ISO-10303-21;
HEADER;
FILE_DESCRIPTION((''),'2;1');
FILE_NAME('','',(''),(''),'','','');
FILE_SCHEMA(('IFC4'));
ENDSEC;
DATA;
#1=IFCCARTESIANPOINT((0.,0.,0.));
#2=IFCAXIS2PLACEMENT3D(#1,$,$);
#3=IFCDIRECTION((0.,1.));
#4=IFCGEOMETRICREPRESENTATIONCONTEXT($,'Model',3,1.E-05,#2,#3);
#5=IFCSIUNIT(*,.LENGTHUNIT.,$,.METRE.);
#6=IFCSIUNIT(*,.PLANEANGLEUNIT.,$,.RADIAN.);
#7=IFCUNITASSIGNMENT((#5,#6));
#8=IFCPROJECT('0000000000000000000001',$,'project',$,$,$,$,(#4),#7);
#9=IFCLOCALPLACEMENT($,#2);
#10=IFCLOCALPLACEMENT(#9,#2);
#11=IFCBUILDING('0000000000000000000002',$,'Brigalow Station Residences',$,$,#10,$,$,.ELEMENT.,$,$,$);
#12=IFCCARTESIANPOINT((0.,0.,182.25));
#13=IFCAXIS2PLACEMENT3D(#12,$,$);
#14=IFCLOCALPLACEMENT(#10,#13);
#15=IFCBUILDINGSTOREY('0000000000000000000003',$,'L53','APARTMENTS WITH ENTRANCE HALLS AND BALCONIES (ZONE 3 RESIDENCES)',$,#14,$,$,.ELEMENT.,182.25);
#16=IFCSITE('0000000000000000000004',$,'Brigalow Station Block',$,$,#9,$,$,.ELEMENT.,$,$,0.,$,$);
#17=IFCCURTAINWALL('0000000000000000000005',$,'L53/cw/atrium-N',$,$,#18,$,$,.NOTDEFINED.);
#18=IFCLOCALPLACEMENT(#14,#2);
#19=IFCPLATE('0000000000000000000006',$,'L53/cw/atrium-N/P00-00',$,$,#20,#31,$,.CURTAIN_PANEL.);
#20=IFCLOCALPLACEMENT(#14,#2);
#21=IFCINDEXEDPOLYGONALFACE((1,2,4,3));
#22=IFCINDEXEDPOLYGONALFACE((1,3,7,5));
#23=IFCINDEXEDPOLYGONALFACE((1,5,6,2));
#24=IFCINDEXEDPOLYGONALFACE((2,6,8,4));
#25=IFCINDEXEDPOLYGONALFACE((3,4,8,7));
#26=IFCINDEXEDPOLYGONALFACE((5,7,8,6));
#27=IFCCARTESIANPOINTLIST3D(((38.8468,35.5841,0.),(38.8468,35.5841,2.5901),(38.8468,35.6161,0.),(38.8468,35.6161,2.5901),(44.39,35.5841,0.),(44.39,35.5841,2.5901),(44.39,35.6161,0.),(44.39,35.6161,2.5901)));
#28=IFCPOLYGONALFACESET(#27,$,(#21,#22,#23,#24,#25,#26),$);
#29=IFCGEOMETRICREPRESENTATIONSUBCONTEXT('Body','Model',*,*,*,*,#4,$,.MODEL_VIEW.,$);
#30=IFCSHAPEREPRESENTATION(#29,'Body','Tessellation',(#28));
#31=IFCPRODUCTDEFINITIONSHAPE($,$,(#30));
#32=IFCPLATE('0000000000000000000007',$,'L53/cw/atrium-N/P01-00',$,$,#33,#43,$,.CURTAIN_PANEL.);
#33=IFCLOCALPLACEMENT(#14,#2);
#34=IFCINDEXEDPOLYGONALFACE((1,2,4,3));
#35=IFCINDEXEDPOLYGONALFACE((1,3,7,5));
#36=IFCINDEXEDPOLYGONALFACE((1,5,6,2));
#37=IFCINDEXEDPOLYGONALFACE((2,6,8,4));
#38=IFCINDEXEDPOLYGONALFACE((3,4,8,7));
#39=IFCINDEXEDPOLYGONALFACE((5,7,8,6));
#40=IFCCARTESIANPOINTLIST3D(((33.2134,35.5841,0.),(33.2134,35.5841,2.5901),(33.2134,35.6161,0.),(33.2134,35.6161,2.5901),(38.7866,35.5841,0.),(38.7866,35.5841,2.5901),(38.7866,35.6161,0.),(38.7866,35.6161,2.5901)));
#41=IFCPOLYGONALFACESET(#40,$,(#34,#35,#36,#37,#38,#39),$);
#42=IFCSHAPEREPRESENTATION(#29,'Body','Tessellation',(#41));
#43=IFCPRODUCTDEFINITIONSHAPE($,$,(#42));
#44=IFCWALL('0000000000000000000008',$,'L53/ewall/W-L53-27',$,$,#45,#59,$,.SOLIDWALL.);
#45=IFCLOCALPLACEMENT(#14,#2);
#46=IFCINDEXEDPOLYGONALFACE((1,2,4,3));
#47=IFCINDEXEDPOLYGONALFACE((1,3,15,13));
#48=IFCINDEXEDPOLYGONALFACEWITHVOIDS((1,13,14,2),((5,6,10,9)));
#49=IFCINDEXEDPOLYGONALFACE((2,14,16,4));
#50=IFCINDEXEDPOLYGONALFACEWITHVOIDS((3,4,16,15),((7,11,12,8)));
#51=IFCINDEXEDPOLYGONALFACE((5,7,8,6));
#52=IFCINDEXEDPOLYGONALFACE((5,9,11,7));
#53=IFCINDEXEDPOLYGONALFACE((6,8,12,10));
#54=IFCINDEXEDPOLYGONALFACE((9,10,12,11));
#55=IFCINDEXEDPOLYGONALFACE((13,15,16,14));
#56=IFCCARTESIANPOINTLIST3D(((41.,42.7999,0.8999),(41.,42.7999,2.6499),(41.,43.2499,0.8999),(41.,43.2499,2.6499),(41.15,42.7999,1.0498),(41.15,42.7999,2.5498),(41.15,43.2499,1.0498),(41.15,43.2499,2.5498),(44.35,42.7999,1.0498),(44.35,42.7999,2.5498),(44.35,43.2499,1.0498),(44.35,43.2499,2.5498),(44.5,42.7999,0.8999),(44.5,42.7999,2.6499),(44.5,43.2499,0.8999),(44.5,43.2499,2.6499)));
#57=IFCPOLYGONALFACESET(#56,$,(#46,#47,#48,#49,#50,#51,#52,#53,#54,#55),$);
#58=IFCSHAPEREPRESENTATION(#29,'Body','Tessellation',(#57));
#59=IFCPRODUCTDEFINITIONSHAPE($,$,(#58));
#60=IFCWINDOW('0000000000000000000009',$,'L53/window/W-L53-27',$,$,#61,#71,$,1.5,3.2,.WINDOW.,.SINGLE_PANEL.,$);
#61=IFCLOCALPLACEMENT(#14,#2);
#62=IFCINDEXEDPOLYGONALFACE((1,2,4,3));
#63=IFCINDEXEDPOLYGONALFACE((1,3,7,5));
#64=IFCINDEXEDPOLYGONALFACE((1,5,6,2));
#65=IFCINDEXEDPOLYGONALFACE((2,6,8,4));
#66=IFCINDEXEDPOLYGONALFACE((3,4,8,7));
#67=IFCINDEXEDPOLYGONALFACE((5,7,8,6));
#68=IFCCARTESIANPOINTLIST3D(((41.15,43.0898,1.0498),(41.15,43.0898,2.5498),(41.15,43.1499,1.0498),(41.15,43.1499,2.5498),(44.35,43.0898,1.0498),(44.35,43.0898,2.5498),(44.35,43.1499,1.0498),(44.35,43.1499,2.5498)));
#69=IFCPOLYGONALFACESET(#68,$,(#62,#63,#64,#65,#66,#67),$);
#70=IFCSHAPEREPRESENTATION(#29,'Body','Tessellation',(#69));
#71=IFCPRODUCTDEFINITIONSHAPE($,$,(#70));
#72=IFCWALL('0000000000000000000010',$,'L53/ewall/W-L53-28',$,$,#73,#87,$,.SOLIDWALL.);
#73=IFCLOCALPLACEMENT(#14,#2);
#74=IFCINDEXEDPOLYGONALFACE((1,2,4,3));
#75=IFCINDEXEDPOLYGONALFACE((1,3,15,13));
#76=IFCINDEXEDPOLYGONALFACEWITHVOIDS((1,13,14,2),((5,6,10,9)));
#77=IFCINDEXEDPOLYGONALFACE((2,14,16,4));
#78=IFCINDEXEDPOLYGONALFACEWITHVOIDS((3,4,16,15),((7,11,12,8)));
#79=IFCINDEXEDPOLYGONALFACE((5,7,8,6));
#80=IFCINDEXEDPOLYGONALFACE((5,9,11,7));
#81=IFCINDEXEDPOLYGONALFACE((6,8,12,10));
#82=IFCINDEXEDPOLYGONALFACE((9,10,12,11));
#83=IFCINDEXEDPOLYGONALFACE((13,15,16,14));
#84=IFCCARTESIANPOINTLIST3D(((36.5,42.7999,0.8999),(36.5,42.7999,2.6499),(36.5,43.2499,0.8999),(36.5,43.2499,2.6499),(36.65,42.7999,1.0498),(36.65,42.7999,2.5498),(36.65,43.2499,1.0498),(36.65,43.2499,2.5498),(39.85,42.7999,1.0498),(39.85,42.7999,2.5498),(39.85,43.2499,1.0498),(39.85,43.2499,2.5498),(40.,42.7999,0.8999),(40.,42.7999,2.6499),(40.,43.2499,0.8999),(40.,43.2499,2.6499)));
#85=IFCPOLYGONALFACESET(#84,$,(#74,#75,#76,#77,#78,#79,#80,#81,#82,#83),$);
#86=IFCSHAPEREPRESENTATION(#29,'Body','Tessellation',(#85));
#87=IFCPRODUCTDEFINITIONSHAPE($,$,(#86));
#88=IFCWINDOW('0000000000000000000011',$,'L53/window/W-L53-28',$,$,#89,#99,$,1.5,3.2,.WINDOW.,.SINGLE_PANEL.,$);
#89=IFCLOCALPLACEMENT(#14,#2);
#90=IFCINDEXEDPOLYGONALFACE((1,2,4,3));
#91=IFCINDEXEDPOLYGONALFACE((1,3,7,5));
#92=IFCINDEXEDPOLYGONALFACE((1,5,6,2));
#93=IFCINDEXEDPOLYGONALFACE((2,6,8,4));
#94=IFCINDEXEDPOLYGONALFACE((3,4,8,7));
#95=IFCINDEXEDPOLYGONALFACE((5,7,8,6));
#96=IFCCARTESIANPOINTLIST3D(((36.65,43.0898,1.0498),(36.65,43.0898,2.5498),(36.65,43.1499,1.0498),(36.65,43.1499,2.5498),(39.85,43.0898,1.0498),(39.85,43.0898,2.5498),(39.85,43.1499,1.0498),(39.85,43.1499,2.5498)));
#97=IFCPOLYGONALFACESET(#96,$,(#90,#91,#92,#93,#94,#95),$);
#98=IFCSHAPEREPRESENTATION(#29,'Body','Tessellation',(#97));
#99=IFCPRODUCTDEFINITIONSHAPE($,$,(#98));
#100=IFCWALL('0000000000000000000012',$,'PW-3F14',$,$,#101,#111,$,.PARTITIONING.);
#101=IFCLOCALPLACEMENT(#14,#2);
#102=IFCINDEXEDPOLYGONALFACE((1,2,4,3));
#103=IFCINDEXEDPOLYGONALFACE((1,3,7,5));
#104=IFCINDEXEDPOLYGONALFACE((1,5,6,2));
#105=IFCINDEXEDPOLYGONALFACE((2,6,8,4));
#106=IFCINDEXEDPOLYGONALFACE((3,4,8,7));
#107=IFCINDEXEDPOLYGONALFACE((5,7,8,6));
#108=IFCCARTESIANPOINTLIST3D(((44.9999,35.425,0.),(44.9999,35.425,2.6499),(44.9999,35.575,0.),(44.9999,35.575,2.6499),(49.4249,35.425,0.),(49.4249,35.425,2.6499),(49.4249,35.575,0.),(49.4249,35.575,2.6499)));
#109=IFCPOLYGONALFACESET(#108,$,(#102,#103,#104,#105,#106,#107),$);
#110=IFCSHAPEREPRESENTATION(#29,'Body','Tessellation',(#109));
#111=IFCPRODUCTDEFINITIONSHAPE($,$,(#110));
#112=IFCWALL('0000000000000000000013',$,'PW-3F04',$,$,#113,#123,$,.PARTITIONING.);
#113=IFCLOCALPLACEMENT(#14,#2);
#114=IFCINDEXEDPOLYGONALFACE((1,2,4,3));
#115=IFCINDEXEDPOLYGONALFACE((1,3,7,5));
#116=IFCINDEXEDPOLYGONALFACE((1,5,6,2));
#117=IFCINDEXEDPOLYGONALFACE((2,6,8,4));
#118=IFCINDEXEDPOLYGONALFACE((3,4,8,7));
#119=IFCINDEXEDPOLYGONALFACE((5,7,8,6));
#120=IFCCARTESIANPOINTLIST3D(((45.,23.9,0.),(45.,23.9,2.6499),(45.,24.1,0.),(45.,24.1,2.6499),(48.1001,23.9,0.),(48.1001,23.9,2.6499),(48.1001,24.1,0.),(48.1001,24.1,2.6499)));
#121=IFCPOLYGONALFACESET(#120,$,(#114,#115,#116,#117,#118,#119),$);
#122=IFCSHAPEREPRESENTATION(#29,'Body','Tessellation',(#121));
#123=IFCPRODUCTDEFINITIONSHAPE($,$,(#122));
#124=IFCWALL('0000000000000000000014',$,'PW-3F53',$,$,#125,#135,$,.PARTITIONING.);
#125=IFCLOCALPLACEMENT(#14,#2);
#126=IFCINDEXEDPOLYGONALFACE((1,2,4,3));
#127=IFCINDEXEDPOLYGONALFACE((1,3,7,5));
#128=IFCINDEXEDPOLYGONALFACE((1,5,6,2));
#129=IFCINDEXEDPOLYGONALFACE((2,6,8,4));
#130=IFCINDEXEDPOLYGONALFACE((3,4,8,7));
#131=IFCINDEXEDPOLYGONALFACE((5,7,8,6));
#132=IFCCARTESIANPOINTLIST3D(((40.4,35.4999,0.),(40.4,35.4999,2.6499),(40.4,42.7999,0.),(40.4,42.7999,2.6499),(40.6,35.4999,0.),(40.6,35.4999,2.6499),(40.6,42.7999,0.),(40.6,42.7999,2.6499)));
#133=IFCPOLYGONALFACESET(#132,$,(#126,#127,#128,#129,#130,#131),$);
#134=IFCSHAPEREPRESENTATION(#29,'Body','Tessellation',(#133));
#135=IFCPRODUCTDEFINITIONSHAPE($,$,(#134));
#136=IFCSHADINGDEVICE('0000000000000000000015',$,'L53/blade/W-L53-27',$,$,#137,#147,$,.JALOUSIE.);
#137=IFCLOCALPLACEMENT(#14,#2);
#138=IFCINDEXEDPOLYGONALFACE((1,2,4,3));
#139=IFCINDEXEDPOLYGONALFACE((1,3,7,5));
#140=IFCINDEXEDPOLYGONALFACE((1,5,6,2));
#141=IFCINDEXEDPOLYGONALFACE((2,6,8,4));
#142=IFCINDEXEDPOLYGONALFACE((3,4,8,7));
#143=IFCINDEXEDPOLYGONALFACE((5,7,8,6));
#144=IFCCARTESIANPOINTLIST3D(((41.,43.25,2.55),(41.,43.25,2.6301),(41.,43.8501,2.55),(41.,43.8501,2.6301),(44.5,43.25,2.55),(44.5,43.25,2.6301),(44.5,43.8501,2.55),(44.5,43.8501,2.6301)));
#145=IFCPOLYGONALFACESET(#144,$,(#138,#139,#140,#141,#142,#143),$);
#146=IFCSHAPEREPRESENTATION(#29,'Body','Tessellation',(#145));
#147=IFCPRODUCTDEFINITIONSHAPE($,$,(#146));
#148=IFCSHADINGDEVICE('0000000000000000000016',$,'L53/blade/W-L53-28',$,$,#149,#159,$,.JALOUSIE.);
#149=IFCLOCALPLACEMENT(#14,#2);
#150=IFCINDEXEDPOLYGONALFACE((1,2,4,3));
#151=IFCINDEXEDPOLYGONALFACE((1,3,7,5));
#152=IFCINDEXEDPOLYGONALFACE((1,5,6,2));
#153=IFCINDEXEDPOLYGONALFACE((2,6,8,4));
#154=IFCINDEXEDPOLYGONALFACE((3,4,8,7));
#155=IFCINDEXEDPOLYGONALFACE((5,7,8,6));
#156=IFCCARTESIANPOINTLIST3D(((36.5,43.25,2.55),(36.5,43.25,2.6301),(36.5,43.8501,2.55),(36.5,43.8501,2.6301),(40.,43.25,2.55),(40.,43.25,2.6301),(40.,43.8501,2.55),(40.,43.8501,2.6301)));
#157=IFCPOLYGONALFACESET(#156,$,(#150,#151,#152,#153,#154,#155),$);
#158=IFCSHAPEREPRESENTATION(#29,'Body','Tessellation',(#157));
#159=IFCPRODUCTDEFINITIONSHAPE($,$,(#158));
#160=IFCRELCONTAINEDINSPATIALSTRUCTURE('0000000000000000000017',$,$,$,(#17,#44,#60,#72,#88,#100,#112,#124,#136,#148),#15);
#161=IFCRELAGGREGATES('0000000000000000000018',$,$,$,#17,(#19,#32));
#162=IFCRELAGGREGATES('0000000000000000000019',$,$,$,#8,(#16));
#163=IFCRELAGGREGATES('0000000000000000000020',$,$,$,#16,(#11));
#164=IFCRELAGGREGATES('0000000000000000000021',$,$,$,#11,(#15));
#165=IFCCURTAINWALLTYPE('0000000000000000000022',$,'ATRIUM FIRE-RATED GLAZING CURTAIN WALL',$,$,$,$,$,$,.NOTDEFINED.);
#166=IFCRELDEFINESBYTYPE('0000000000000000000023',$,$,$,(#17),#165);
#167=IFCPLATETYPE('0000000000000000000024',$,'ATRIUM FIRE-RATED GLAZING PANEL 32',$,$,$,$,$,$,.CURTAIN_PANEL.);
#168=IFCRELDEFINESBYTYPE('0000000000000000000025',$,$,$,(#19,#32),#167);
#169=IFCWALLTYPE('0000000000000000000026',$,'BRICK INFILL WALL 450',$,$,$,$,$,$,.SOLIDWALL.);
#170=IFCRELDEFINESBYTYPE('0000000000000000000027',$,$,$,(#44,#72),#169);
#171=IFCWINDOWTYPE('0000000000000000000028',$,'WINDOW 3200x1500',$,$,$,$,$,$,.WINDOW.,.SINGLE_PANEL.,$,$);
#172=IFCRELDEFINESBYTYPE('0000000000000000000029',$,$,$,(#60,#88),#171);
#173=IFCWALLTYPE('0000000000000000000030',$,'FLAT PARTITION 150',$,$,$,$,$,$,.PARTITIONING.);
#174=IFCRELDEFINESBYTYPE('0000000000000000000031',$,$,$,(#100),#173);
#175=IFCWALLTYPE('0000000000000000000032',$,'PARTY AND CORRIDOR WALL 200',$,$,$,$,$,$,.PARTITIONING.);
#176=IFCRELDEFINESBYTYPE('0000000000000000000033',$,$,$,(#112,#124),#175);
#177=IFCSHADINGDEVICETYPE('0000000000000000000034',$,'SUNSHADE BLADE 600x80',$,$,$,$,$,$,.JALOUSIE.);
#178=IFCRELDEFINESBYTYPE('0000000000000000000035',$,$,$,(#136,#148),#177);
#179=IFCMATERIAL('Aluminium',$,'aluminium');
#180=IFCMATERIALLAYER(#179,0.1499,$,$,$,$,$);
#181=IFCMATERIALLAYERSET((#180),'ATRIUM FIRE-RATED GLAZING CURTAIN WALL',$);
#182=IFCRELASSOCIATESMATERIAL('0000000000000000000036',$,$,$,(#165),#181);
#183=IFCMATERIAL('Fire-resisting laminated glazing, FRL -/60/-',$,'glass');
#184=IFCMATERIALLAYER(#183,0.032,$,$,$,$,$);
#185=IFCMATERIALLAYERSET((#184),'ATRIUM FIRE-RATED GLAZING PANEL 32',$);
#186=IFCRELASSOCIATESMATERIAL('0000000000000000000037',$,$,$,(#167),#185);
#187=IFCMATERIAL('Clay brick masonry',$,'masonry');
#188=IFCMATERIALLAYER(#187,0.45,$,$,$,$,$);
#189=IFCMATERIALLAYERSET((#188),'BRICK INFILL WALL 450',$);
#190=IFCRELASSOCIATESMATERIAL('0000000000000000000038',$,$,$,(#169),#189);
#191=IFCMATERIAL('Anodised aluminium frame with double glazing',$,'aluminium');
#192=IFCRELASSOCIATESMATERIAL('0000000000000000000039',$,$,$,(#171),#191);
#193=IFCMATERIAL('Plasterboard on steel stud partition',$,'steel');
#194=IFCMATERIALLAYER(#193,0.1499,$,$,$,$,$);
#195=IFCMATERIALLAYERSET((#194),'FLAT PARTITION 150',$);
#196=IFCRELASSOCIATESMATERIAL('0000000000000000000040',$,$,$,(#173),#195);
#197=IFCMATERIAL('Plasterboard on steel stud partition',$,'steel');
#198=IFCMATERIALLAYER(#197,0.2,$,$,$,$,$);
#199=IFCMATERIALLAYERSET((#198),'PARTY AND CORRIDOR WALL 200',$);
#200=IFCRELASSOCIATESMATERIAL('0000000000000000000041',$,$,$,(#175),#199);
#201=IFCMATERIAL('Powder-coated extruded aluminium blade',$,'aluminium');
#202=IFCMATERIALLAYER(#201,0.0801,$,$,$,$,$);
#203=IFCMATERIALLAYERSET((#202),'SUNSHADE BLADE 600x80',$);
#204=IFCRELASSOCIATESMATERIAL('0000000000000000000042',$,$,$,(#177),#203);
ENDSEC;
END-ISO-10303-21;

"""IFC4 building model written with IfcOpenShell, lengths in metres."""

from ifc_helpers import new_model, si_unit, direction, frame, frame_2d, origin, origin_2d, place, context, subcontext, project, spatial, rectangle, extrude, material, layer, layer_set, type_object, element, fill, aggregate, save


model = new_model("IFC4")

# Units and contexts
model_context = context("Model", 3, precision=1e-05, world=origin(), true_north=direction((0.0, 1.0)))
body_context = subcontext(model_context, "Body", "Model", "MODEL_VIEW")
ifc_project = project(units=[si_unit("LENGTHUNIT", "METRE"), si_unit("PLANEANGLEUNIT", "RADIAN")], contexts=[model_context])

# Site, building, storey
site_placement = place(None, origin())
site = spatial("IfcSite", under=ifc_project, at=site_placement, Name="Brigalow Station Block", CompositionType="ELEMENT", RefElevation=0.0)
building_placement = place(site_placement, origin())
building = spatial("IfcBuilding", under=site, at=building_placement, Name="Brigalow Station Residences", CompositionType="ELEMENT")
storey_placement = place(building_placement, frame((0.0, 0.0, 182.25)))
storey = spatial("IfcBuildingStorey", under=building, at=storey_placement, Name="L53", Description="APARTMENTS WITH ENTRANCE HALLS AND BALCONIES (ZONE 3 RESIDENCES)", CompositionType="ELEMENT", Elevation=182.25)

# Shared definitions
ifc_material_1 = material(Name="Aluminium", Category="aluminium")
ifc_layer_1 = layer(ifc_material_1, 0.1499)
ifc_layer_set_1 = layer_set([ifc_layer_1], Name="ATRIUM FIRE-RATED GLAZING CURTAIN WALL")
curtain_wall_type = type_object("IfcCurtainWallType", Name="ATRIUM FIRE-RATED GLAZING CURTAIN WALL", PredefinedType="NOTDEFINED", material=ifc_layer_set_1)

# Curtain wall
curtain_wall_1_placement = place(storey_placement, origin())
curtain_wall_1 = element("IfcCurtainWall", 1, at=curtain_wall_1_placement, inside=storey, type_object=curtain_wall_type, Name="L53/cw/atrium-N", PredefinedType="NOTDEFINED")

# Plates
ifc_material_2 = material(Name="Fire-resisting laminated glazing, FRL -/60/-", Category="glass")
ifc_layer_2 = layer(ifc_material_2, 0.032)
ifc_layer_set_2 = layer_set([ifc_layer_2], Name="ATRIUM FIRE-RATED GLAZING PANEL 32")
plate_type = type_object("IfcPlateType", Name="ATRIUM FIRE-RATED GLAZING PANEL 32", PredefinedType="CURTAIN_PANEL", material=ifc_layer_set_2)
plate_1_placement = place(storey_placement, frame((41.6184, 35.6001, 0.0), z_axis=(0.0, 0.0, 1.0), x_axis=(-1.0, 0.0, 0.0)))
plate_1 = element("IfcPlate", 2, at=plate_1_placement, type_object=plate_type, Name="L53/cw/atrium-N/P00-00", PredefinedType="CURTAIN_PANEL", context=body_context, shape_type="SweptSolid", body=[
    extrude(rectangle(XDim=5.5432, YDim=0.032, at=origin_2d()), origin(), (0.0, 0.0, 1.0), 2.5901),
])
plate_2_placement = place(storey_placement, frame((36.0, 35.6001, 0.0), z_axis=(0.0, 0.0, 1.0), x_axis=(-1.0, 0.0, 0.0)))
plate_2 = element("IfcPlate", 3, at=plate_2_placement, type_object=plate_type, Name="L53/cw/atrium-N/P01-00", PredefinedType="CURTAIN_PANEL", context=body_context, shape_type="SweptSolid", body=[
    extrude(rectangle(XDim=5.5732, YDim=0.032, at=origin_2d()), origin(), (0.0, 0.0, 1.0), 2.5901),
])
aggregate(curtain_wall_1, [plate_1, plate_2])

# Walls, openings, windows
ifc_material_3 = material(Name="Clay brick masonry", Category="masonry")
ifc_layer_3 = layer(ifc_material_3, 0.45)
ifc_layer_set_3 = layer_set([ifc_layer_3], Name="BRICK INFILL WALL 450")
wall_type_1 = type_object("IfcWallType", Name="BRICK INFILL WALL 450", PredefinedType="SOLIDWALL", material=ifc_layer_set_3)
wall_1_placement = place(storey_placement, frame((44.5, 43.0249, 0.8999), z_axis=(0.0, 0.0, 1.0), x_axis=(-1.0, 0.0, 0.0)))
wall_1 = element("IfcWall", 4, at=wall_1_placement, inside=storey, type_object=wall_type_1, Name="L53/ewall/W-L53-27", PredefinedType="SOLIDWALL", context=body_context, shape_type="SweptSolid", body=[
    extrude(rectangle(XDim=3.5, YDim=0.45, at=frame_2d((1.75, 0.0))), origin(), (0.0, 0.0, 1.0), 1.75),
])
opening_1_placement = place(wall_1_placement, frame((0.1499, 0.0, 0.1499)))
opening_1 = element("IfcOpeningElement", 5, at=opening_1_placement, cuts=wall_1, PredefinedType="OPENING", context=body_context, shape_type="SweptSolid", body=[
    extrude(rectangle(XDim=3.2, YDim=1.5, at=frame_2d((1.6001, 0.75))), frame((0.0, 0.2349, 0.0), z_axis=(0.0, -1.0, 0.0), x_axis=(1.0, 0.0, 0.0)), (0.0, 0.0, 1.0), 0.47),
])
ifc_material_4 = material(Name="Anodised aluminium frame with double glazing", Category="aluminium")
window_type = type_object("IfcWindowType", Name="WINDOW 3200x1500", PartitioningType="SINGLE_PANEL", PredefinedType="WINDOW", material=ifc_material_4)
window_1_placement = place(opening_1_placement, origin())
window_1 = element("IfcWindow", 6, at=window_1_placement, inside=storey, type_object=window_type, Name="L53/window/W-L53-27", OverallHeight=1.5, OverallWidth=3.2, PartitioningType="SINGLE_PANEL", PredefinedType="WINDOW", context=body_context, shape_type="SweptSolid", body=[
    extrude(rectangle(XDim=3.2, YDim=1.5, at=frame_2d((1.6001, 0.75))), frame((0.0, -0.0649, 0.0), z_axis=(0.0, -1.0, 0.0), x_axis=(1.0, 0.0, 0.0)), (0.0, 0.0, 1.0), 0.0601),
])
fill(opening_1, window_1)
wall_2_placement = place(storey_placement, frame((40.0, 43.0249, 0.8999), z_axis=(0.0, 0.0, 1.0), x_axis=(-1.0, 0.0, 0.0)))
wall_2 = element("IfcWall", 7, at=wall_2_placement, inside=storey, type_object=wall_type_1, Name="L53/ewall/W-L53-28", PredefinedType="SOLIDWALL", context=body_context, shape_type="SweptSolid", body=[
    extrude(rectangle(XDim=3.5, YDim=0.45, at=frame_2d((1.75, 0.0))), origin(), (0.0, 0.0, 1.0), 1.75),
])
opening_2_placement = place(wall_2_placement, frame((0.1499, 0.0, 0.1499)))
opening_2 = element("IfcOpeningElement", 8, at=opening_2_placement, cuts=wall_2, PredefinedType="OPENING", context=body_context, shape_type="SweptSolid", body=[
    extrude(rectangle(XDim=3.2, YDim=1.5, at=frame_2d((1.6001, 0.75))), frame((0.0, 0.2349, 0.0), z_axis=(0.0, -1.0, 0.0), x_axis=(1.0, 0.0, 0.0)), (0.0, 0.0, 1.0), 0.47),
])
window_2_placement = place(opening_2_placement, origin())
window_2 = element("IfcWindow", 9, at=window_2_placement, inside=storey, type_object=window_type, Name="L53/window/W-L53-28", OverallHeight=1.5, OverallWidth=3.2, PartitioningType="SINGLE_PANEL", PredefinedType="WINDOW", context=body_context, shape_type="SweptSolid", body=[
    extrude(rectangle(XDim=3.2, YDim=1.5, at=frame_2d((1.6001, 0.75))), frame((0.0, -0.0649, 0.0), z_axis=(0.0, -1.0, 0.0), x_axis=(1.0, 0.0, 0.0)), (0.0, 0.0, 1.0), 0.0601),
])
fill(opening_2, window_2)

# Walls
ifc_material_5 = material(Name="Plasterboard on steel stud partition", Category="steel")
ifc_layer_4 = layer(ifc_material_5, 0.1499)
ifc_layer_set_4 = layer_set([ifc_layer_4], Name="FLAT PARTITION 150")
wall_type_2 = type_object("IfcWallType", Name="FLAT PARTITION 150", PredefinedType="PARTITIONING", material=ifc_layer_set_4)
wall_3_placement = place(storey_placement, frame((45.0, 35.5, 0.0), z_axis=(0.0, 0.0, 1.0), x_axis=(1.0, 0.0, 0.0)))
element("IfcWall", 10, at=wall_3_placement, inside=storey, type_object=wall_type_2, Name="PW-3F14", PredefinedType="PARTITIONING", context=body_context, shape_type="SweptSolid", body=[
    extrude(rectangle(XDim=4.425, YDim=0.1499, at=frame_2d((2.2124, 0.0))), origin(), (0.0, 0.0, 1.0), 2.6499),
])
ifc_material_6 = material(Name="Plasterboard on steel stud partition", Category="steel")
ifc_layer_5 = layer(ifc_material_6, 0.2)
ifc_layer_set_5 = layer_set([ifc_layer_5], Name="PARTY AND CORRIDOR WALL 200")
wall_type_3 = type_object("IfcWallType", Name="PARTY AND CORRIDOR WALL 200", PredefinedType="PARTITIONING", material=ifc_layer_set_5)
wall_4_placement = place(storey_placement, frame((45.0, 24.0, 0.0), z_axis=(0.0, 0.0, 1.0), x_axis=(1.0, 0.0, 0.0)))
element("IfcWall", 11, at=wall_4_placement, inside=storey, type_object=wall_type_3, Name="PW-3F04", PredefinedType="PARTITIONING", context=body_context, shape_type="SweptSolid", body=[
    extrude(rectangle(XDim=3.1001, YDim=0.2, at=frame_2d((1.55, 0.0))), origin(), (0.0, 0.0, 1.0), 2.6499),
])
wall_5_placement = place(storey_placement, frame((40.5, 35.5, 0.0), z_axis=(0.0, 0.0, 1.0), x_axis=(0.0, 1.0, 0.0)))
element("IfcWall", 12, at=wall_5_placement, inside=storey, type_object=wall_type_3, Name="PW-3F53", PredefinedType="PARTITIONING", context=body_context, shape_type="SweptSolid", body=[
    extrude(rectangle(XDim=7.3, YDim=0.2, at=frame_2d((3.6499, 0.0))), origin(), (0.0, 0.0, 1.0), 2.6499),
])

# Shading devices
ifc_material_7 = material(Name="Powder-coated extruded aluminium blade", Category="aluminium")
ifc_layer_6 = layer(ifc_material_7, 0.0801)
ifc_layer_set_6 = layer_set([ifc_layer_6], Name="SUNSHADE BLADE 600x80")
shading_device_type = type_object("IfcShadingDeviceType", Name="SUNSHADE BLADE 600x80", PredefinedType="JALOUSIE", material=ifc_layer_set_6)
for number, where, z_axis, x_axis, name in (
    (13, (42.75, 43.55, 2.55), (0.0, 0.0, 1.0), (-1.0, 0.0, 0.0), "L53/blade/W-L53-27"),
    (14, (38.25, 43.55, 2.55), (0.0, 0.0, 1.0), (-1.0, 0.0, 0.0), "L53/blade/W-L53-28"),
):
    element("IfcShadingDevice", number, at=place(storey_placement, frame(where, z_axis=z_axis, x_axis=x_axis)), inside=storey, type_object=shading_device_type, Name=name, PredefinedType="JALOUSIE", context=body_context, shape_type="SweptSolid", body=[
        extrude(rectangle(XDim=3.5, YDim=0.6001, at=origin_2d()), origin(), (0.0, 0.0, 1.0), 0.0801),
    ])

save(model, "model.ifc")
